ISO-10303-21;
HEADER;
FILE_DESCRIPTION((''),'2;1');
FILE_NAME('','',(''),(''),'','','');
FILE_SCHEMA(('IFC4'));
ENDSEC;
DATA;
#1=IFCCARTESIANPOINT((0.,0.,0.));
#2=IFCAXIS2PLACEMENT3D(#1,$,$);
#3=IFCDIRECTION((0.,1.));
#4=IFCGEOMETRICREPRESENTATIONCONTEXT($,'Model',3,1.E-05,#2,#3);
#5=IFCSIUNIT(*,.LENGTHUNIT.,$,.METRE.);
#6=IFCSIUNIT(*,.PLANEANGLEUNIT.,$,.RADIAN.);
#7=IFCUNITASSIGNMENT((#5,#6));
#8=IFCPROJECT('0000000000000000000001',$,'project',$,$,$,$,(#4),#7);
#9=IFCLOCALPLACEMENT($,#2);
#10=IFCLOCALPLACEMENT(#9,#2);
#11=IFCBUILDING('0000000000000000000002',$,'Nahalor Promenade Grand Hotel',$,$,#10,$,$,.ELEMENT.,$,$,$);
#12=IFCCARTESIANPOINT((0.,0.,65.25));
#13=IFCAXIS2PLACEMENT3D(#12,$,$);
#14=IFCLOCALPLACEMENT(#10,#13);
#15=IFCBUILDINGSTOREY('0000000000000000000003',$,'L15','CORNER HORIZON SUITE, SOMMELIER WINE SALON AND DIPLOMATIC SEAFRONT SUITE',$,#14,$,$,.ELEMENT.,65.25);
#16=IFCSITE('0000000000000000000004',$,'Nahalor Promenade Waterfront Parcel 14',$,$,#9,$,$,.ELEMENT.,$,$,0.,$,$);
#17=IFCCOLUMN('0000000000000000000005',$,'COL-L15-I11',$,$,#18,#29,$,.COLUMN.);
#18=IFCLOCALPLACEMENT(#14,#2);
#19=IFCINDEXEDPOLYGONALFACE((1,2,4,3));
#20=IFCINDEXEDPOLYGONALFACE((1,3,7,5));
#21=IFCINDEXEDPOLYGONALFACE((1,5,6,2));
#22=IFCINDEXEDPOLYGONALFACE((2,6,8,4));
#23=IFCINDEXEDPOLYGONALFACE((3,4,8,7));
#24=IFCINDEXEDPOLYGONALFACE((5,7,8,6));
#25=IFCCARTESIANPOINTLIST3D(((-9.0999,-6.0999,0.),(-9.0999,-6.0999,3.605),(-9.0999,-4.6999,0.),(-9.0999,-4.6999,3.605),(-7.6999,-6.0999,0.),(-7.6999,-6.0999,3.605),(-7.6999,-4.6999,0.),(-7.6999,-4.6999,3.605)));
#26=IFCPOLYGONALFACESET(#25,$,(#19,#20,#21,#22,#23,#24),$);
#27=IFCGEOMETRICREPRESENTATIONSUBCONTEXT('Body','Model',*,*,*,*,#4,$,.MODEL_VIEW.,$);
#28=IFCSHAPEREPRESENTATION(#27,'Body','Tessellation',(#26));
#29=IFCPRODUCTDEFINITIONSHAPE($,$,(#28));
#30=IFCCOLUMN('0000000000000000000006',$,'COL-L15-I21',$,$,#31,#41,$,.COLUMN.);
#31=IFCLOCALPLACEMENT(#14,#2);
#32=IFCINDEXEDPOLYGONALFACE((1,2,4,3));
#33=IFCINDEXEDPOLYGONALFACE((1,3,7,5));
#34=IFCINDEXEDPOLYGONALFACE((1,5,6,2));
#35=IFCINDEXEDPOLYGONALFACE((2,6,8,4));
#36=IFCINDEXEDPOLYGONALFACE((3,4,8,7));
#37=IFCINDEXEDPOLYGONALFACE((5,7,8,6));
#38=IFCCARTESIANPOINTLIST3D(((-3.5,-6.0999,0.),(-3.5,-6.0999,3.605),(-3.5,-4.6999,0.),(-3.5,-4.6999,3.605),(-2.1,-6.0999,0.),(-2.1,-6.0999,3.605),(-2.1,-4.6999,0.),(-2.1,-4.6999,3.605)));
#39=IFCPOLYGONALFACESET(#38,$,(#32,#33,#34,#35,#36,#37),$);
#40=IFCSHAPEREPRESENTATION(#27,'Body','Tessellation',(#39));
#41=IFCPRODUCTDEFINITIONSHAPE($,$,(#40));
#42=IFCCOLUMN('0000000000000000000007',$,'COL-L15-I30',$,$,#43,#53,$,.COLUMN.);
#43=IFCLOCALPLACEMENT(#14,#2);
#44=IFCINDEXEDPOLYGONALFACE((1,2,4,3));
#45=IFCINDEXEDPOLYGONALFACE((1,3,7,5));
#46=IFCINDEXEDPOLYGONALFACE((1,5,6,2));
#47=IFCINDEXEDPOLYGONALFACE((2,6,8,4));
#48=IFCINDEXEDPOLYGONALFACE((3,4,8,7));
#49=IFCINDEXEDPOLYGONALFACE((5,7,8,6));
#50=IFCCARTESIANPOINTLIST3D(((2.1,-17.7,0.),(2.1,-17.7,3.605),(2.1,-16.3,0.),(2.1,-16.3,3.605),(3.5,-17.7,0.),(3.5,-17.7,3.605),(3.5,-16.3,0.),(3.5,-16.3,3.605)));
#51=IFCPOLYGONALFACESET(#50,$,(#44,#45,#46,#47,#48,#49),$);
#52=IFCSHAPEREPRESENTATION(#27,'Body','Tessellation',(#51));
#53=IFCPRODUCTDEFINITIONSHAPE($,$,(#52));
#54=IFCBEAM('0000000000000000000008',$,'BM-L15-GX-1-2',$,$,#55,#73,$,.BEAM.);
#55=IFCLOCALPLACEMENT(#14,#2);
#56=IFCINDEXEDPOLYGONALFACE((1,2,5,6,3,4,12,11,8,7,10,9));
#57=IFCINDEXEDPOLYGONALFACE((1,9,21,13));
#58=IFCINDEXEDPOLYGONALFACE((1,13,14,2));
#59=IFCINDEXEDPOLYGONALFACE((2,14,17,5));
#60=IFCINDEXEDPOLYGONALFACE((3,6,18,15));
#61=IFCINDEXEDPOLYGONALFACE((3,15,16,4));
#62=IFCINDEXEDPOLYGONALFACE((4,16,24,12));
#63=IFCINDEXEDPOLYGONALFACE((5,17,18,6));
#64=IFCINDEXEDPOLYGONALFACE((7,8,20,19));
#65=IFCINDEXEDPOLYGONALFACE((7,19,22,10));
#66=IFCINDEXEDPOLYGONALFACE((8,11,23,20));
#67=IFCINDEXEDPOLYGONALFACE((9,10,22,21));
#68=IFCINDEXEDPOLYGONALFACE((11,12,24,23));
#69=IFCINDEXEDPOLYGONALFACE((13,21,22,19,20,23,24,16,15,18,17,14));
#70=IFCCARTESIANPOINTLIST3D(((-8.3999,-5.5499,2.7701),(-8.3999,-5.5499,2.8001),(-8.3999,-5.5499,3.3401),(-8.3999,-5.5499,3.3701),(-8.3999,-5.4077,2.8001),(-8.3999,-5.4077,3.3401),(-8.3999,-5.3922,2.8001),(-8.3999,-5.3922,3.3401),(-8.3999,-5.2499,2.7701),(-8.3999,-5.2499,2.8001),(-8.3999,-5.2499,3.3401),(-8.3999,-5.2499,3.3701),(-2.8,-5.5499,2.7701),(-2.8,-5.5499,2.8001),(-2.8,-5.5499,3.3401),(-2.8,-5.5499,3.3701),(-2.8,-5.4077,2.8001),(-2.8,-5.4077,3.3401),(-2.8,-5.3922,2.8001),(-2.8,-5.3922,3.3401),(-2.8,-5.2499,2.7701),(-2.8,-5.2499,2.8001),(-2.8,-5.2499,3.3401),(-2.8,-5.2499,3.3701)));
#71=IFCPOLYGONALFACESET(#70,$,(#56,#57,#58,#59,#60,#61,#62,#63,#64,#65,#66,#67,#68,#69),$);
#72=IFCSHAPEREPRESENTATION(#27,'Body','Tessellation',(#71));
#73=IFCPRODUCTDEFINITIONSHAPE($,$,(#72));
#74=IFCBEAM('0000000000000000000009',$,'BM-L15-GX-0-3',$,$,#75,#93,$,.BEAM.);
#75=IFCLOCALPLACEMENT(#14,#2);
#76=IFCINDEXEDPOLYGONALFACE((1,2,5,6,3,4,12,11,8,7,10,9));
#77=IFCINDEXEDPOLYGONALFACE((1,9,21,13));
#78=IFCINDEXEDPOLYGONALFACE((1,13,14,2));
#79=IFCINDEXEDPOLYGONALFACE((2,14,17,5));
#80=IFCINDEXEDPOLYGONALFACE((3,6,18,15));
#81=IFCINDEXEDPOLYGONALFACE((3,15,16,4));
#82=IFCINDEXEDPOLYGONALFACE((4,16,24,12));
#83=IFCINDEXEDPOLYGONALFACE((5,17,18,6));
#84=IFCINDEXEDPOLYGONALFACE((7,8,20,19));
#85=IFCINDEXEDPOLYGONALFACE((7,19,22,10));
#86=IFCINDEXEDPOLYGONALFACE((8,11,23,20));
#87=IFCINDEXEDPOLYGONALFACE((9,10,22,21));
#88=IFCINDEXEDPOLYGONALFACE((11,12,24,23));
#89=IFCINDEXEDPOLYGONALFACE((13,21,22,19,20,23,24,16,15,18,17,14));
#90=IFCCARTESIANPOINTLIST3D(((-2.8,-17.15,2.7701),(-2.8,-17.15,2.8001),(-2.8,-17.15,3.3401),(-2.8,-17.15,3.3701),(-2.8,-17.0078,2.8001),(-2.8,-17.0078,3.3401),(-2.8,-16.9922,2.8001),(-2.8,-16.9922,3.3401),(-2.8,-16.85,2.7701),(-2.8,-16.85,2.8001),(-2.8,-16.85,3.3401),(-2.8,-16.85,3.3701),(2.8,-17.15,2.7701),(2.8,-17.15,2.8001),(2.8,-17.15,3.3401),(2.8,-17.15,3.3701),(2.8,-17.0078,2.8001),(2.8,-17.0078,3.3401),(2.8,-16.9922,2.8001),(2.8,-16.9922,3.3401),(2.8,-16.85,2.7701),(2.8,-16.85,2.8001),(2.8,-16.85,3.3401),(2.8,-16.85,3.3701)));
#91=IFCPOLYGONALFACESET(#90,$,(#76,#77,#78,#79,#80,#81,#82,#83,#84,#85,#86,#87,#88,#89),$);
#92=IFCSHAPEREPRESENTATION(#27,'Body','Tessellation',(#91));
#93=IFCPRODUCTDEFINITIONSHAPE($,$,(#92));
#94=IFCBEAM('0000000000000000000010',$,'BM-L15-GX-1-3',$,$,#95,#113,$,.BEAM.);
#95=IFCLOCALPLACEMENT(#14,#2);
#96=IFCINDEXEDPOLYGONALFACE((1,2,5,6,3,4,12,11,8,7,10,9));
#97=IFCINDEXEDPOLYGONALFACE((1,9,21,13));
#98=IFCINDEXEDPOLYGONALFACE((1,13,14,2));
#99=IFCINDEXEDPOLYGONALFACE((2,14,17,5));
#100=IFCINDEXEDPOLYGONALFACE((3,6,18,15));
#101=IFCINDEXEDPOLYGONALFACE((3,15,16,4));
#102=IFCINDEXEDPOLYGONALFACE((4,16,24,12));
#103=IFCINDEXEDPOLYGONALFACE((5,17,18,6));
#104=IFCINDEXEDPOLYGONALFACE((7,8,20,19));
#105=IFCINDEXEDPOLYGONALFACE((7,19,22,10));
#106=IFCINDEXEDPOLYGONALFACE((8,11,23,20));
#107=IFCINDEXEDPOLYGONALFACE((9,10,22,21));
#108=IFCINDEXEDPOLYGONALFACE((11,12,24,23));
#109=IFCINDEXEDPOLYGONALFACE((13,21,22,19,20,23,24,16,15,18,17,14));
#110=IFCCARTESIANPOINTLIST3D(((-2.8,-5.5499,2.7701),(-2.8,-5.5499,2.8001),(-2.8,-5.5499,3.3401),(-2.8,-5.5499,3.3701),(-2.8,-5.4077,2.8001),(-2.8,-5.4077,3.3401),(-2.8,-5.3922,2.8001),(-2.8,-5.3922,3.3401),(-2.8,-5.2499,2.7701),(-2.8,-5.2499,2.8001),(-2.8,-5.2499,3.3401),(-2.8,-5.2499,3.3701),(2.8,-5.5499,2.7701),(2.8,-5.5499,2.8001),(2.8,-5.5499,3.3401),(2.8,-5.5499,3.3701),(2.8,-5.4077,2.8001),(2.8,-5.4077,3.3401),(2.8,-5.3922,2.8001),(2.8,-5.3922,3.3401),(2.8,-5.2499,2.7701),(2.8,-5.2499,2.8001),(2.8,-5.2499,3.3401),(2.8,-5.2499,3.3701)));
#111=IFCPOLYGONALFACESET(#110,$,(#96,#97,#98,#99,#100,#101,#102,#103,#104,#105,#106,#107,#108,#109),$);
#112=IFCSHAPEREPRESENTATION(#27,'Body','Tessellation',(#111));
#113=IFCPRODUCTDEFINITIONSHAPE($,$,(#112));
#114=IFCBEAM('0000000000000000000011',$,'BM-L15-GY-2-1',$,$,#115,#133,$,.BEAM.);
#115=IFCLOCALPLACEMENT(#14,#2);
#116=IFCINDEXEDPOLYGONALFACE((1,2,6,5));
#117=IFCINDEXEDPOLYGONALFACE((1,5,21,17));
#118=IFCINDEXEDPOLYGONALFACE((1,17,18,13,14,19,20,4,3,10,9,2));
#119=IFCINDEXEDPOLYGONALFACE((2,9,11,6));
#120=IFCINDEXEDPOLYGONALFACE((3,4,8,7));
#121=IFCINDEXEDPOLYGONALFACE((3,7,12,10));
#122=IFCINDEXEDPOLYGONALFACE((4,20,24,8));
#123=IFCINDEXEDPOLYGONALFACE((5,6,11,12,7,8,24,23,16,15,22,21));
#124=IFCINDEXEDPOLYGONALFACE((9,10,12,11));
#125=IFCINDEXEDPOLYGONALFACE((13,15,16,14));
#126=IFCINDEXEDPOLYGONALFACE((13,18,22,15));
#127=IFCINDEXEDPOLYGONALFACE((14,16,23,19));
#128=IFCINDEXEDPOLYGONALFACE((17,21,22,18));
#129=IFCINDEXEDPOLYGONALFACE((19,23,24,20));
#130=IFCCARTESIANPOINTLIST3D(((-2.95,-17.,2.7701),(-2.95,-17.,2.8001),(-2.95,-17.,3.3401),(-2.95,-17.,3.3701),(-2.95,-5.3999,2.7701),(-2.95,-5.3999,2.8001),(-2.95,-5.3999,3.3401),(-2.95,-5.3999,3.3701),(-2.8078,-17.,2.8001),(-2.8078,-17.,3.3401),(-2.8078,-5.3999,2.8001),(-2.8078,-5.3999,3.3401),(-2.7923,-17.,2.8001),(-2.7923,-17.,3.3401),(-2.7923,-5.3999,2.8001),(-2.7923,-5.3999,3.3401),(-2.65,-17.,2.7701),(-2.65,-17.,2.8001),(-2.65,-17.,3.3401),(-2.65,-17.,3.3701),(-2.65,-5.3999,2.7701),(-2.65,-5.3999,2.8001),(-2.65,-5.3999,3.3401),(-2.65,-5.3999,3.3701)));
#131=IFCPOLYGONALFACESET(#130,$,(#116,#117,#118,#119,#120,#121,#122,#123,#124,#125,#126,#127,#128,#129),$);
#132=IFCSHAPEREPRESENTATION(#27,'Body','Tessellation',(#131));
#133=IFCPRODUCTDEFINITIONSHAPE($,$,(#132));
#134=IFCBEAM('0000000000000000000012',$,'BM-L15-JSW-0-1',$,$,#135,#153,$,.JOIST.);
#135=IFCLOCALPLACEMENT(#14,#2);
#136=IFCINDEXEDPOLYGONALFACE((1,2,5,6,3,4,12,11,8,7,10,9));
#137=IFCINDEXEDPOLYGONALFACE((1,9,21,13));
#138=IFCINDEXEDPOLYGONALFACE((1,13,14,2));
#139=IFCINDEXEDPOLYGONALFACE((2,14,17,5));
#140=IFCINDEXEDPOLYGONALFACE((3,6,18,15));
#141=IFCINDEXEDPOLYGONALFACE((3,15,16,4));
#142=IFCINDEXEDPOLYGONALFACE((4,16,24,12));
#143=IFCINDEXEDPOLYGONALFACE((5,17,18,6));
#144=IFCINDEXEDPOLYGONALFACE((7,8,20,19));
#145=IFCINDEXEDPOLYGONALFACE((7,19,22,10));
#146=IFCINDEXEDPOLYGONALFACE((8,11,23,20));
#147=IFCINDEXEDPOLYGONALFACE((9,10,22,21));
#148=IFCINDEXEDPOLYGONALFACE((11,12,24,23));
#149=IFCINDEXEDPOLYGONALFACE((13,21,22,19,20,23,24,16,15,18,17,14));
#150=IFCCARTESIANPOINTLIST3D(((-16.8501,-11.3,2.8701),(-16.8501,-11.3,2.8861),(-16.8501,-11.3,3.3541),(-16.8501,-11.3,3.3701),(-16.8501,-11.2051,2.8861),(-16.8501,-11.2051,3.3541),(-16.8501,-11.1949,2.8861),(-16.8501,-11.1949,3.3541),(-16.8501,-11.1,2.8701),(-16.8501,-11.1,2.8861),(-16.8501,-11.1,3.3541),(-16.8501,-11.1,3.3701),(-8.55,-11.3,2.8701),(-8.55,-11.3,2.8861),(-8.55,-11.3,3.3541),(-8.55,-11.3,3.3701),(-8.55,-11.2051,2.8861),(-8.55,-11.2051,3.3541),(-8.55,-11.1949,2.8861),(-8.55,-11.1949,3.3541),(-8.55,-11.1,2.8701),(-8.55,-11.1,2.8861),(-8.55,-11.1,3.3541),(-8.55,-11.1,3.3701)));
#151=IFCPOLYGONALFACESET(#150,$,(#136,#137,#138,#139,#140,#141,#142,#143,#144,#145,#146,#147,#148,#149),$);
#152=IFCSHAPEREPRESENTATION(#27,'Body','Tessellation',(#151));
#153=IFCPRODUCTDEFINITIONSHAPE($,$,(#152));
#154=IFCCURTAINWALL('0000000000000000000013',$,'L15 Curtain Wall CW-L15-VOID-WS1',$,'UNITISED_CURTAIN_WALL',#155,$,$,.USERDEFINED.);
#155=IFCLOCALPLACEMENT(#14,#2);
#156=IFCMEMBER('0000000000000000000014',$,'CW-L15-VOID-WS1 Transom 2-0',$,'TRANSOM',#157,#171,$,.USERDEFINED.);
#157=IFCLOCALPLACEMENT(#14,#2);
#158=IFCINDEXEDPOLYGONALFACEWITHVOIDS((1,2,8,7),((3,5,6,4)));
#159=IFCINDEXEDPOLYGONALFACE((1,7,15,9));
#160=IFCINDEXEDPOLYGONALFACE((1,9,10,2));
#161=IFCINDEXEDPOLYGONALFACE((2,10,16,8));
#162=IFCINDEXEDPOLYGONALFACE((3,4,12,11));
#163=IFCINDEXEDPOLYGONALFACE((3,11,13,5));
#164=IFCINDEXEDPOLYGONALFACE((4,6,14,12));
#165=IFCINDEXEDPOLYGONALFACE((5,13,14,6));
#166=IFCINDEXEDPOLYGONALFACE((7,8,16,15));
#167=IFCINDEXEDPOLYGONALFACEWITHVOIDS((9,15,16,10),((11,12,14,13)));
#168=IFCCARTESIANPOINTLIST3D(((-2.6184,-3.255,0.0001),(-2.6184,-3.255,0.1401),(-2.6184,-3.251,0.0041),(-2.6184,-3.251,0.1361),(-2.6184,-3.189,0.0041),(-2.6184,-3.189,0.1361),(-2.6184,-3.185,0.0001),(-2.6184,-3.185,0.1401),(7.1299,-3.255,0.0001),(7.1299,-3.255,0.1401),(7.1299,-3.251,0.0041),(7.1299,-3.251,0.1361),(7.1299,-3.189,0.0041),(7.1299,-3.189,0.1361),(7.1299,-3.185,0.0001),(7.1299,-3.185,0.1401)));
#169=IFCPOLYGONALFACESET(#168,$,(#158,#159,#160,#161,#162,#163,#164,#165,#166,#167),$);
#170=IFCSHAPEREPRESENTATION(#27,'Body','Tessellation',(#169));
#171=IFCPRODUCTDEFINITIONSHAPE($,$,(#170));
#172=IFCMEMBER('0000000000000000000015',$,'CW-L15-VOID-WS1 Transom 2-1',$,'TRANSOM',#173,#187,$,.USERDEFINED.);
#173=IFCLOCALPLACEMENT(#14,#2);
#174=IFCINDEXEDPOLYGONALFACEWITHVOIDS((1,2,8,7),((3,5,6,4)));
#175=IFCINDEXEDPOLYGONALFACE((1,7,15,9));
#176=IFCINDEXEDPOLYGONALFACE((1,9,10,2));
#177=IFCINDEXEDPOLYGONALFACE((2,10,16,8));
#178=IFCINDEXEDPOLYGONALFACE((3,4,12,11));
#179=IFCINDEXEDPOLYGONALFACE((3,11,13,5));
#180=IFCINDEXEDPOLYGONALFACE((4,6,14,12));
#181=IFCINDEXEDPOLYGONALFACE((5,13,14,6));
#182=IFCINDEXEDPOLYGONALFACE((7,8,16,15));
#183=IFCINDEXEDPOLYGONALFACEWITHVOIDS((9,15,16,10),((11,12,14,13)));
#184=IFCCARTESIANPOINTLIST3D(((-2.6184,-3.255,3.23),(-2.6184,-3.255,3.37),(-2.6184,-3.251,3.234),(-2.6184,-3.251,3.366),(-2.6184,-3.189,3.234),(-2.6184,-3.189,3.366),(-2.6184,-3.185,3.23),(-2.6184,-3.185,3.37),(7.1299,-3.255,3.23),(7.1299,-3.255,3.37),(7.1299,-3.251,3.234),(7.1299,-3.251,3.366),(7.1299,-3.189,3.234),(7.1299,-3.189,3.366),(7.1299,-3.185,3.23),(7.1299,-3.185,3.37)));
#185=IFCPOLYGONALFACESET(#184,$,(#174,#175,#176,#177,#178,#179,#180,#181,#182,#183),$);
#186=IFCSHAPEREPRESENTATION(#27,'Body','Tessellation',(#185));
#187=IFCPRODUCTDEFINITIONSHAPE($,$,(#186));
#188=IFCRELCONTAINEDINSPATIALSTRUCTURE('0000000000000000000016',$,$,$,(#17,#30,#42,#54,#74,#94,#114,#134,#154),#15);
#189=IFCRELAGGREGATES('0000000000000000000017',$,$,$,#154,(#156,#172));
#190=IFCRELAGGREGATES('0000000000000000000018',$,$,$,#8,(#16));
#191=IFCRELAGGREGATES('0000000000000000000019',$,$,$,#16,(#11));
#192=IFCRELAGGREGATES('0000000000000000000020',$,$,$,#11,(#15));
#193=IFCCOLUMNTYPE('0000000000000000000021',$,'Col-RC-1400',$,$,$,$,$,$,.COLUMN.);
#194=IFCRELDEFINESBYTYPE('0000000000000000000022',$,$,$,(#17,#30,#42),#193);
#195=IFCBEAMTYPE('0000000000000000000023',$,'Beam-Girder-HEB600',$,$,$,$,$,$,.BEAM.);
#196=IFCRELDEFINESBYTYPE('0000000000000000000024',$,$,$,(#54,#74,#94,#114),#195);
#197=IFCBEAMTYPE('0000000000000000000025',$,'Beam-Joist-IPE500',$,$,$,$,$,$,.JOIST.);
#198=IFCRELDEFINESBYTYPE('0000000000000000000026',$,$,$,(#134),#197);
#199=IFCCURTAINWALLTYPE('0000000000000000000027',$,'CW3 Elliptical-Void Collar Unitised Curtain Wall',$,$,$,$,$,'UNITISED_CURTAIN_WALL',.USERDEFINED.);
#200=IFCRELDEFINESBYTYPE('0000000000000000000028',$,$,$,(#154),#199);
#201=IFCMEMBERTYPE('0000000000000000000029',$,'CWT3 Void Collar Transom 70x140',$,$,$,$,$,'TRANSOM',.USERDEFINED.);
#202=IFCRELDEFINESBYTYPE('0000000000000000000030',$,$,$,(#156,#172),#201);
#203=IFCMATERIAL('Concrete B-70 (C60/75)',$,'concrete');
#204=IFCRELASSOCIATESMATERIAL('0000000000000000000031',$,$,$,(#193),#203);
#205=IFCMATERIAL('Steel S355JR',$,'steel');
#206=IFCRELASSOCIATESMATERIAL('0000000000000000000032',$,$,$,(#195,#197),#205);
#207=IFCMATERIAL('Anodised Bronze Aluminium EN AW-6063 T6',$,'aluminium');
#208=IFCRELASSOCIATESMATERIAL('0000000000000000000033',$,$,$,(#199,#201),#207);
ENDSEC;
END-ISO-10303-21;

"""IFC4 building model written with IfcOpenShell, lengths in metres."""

from ifc_helpers import new_model, si_unit, direction, frame, origin, origin_2d, place, context, subcontext, project, spatial, rectangle, hollow_rectangle, i_section, extrude, source, transform, mapped, material, material_profile, profile_set, type_object, element, aggregate, save


model = new_model("IFC4")

# Units and contexts
model_context = context("Model", 3, precision=1e-05, world=origin(), true_north=direction((0.0, 1.0)))
body_context = subcontext(model_context, "Body", "Model", "MODEL_VIEW")
ifc_project = project(units=[si_unit("LENGTHUNIT", "METRE"), si_unit("PLANEANGLEUNIT", "RADIAN")], contexts=[model_context])

# Site, building, storey
site_placement = place(None, origin())
site = spatial("IfcSite", under=ifc_project, at=site_placement, Name="Nahalor Promenade Waterfront Parcel 14", CompositionType="ELEMENT", RefElevation=0.0)
building_placement = place(site_placement, origin())
building = spatial("IfcBuilding", under=site, at=building_placement, Name="Nahalor Promenade Grand Hotel", CompositionType="ELEMENT")
storey_placement = place(building_placement, frame((0.0, 0.0, 65.25)))
storey = spatial("IfcBuildingStorey", under=building, at=storey_placement, Name="L15", Description="CORNER HORIZON SUITE, SOMMELIER WINE SALON AND DIPLOMATIC SEAFRONT SUITE", CompositionType="ELEMENT", Elevation=65.25)

# Columns
ifc_material_1 = material(Name="Concrete B-70 (C60/75)", Category="concrete")
ifc_material_profile_1 = material_profile(ifc_material_1, rectangle(XDim=1.4, YDim=1.4, at=origin_2d()), Name="RC 1400x1400")
ifc_profile_set_1 = profile_set([ifc_material_profile_1], Name="Concrete B-70 (C60/75)")
column_type = type_object("IfcColumnType", Name="Col-RC-1400", PredefinedType="COLUMN", material=ifc_profile_set_1)
shared_shape_1 = source(origin(), body_context, "Body", "SweptSolid", [
    extrude(rectangle(XDim=1.4, YDim=1.4, at=origin_2d()), origin(), (0.0, 0.0, 1.0), 3.605),
])
for number, where, z_axis, x_axis, name in (
    (1, (-8.3999, -5.3999, 0.0), (0.0, 0.0, 1.0), (1.0, 0.0, 0.0), "COL-L15-I11"),
    (2, (-2.8, -5.3999, 0.0), (0.0, 0.0, 1.0), (1.0, 0.0, 0.0), "COL-L15-I21"),
    (3, (2.8, -17.0, 0.0), (0.0, 0.0, 1.0), (1.0, 0.0, 0.0), "COL-L15-I30"),
):
    element("IfcColumn", number, at=place(storey_placement, frame(where, z_axis=z_axis, x_axis=x_axis)), inside=storey, type_object=column_type, Name=name, PredefinedType="COLUMN", context=body_context, shape_type="MappedRepresentation", body=[
        mapped(shared_shape_1, transform((0.0, 0.0, 0.0), scale=1.0)),
    ])

# Beams
ifc_material_2 = material(Name="Steel S355JR", Category="steel")
ifc_material_profile_2 = material_profile(ifc_material_2, i_section(OverallWidth=0.3, OverallDepth=0.6, WebThickness=0.0155, FlangeThickness=0.03, at=origin_2d()), Name="HEB 600")
ifc_profile_set_2 = profile_set([ifc_material_profile_2], Name="Steel S355JR")
beam_type_1 = type_object("IfcBeamType", Name="Beam-Girder-HEB600", PredefinedType="BEAM", material=ifc_profile_set_2)
shared_shape_2 = source(origin(), body_context, "Body", "SweptSolid", [
    extrude(i_section(OverallWidth=0.3, OverallDepth=0.6, WebThickness=0.0155, FlangeThickness=0.03, at=origin_2d()), origin(), (0.0, 0.0, 1.0), 5.5999),
])
beam_1_placement = place(storey_placement, frame((-8.3999, -5.3999, 3.0701), z_axis=(1.0, 0.0, 0.0), x_axis=(0.0, 1.0, 0.0)))
element("IfcBeam", 4, at=beam_1_placement, inside=storey, type_object=beam_type_1, Name="BM-L15-GX-1-2", PredefinedType="BEAM", context=body_context, shape_type="MappedRepresentation", body=[
    mapped(shared_shape_2, transform((0.0, 0.0, 0.0), scale=1.0)),
])
shared_shape_3 = source(origin(), body_context, "Body", "SweptSolid", [
    extrude(i_section(OverallWidth=0.3, OverallDepth=0.6, WebThickness=0.0155, FlangeThickness=0.03, at=origin_2d()), origin(), (0.0, 0.0, 1.0), 5.6001),
])
for number, where, z_axis, x_axis, name in (
    (5, (-2.8, -17.0, 3.0701), (1.0, 0.0, 0.0), (0.0, 1.0, 0.0), "BM-L15-GX-0-3"),
    (6, (-2.8, -5.3999, 3.0701), (1.0, 0.0, 0.0), (0.0, 1.0, 0.0), "BM-L15-GX-1-3"),
):
    element("IfcBeam", number, at=place(storey_placement, frame(where, z_axis=z_axis, x_axis=x_axis)), inside=storey, type_object=beam_type_1, Name=name, PredefinedType="BEAM", context=body_context, shape_type="MappedRepresentation", body=[
        mapped(shared_shape_3, transform((0.0, 0.0, 0.0), scale=1.0)),
    ])
shared_shape_4 = source(origin(), body_context, "Body", "SweptSolid", [
    extrude(i_section(OverallWidth=0.3, OverallDepth=0.6, WebThickness=0.0155, FlangeThickness=0.03, at=origin_2d()), origin(), (0.0, 0.0, 1.0), 11.6001),
])
beam_2_placement = place(storey_placement, frame((-2.8, -17.0, 3.0701), z_axis=(0.0, 1.0, 0.0), x_axis=(-1.0, 0.0, 0.0)))
element("IfcBeam", 7, at=beam_2_placement, inside=storey, type_object=beam_type_1, Name="BM-L15-GY-2-1", PredefinedType="BEAM", context=body_context, shape_type="MappedRepresentation", body=[
    mapped(shared_shape_4, transform((0.0, 0.0, 0.0), scale=1.0)),
])
ifc_material_profile_3 = material_profile(ifc_material_2, i_section(OverallWidth=0.2, OverallDepth=0.5, WebThickness=0.0102, FlangeThickness=0.016, at=origin_2d()), Name="IPE 500")
ifc_profile_set_3 = profile_set([ifc_material_profile_3], Name="Steel S355JR")
beam_type_2 = type_object("IfcBeamType", Name="Beam-Joist-IPE500", PredefinedType="JOIST", material=ifc_profile_set_3)
shared_shape_5 = source(origin(), body_context, "Body", "SweptSolid", [
    extrude(i_section(OverallWidth=0.2, OverallDepth=0.5, WebThickness=0.0102, FlangeThickness=0.016, at=origin_2d()), origin(), (0.0, 0.0, 1.0), 8.3),
])
beam_3_placement = place(storey_placement, frame((-16.8501, -11.2, 3.1201), z_axis=(1.0, 0.0, 0.0), x_axis=(0.0, 1.0, 0.0)))
element("IfcBeam", 8, at=beam_3_placement, inside=storey, type_object=beam_type_2, Name="BM-L15-JSW-0-1", PredefinedType="JOIST", context=body_context, shape_type="MappedRepresentation", body=[
    mapped(shared_shape_5, transform((0.0, 0.0, 0.0), scale=1.0)),
])

# Curtain wall, members
ifc_material_3 = material(Name="Anodised Bronze Aluminium EN AW-6063 T6", Category="aluminium")
curtain_wall_type = type_object("IfcCurtainWallType", Name="CW3 Elliptical-Void Collar Unitised Curtain Wall", ElementType="UNITISED_CURTAIN_WALL", PredefinedType="USERDEFINED", material=ifc_material_3)
curtain_wall_placement = place(storey_placement, origin())
curtain_wall = element("IfcCurtainWall", 9, at=curtain_wall_placement, inside=storey, type_object=curtain_wall_type, Name="L15 Curtain Wall CW-L15-VOID-WS1", ObjectType="UNITISED_CURTAIN_WALL", PredefinedType="USERDEFINED")
ifc_material_profile_4 = material_profile(ifc_material_3, hollow_rectangle(XDim=0.07, YDim=0.14, WallThickness=0.004, at=origin_2d()), Name="CWT 70x140x4")
ifc_profile_set_4 = profile_set([ifc_material_profile_4], Name="Anodised Bronze Aluminium EN AW-6063 T6")
member_type_1 = type_object("IfcMemberType", Name="CWT3 Void Collar Transom 70x140", ElementType="TRANSOM", PredefinedType="USERDEFINED", material=ifc_profile_set_4)
shared_shape_6 = source(origin(), body_context, "Body", "SweptSolid", [
    extrude(hollow_rectangle(XDim=0.07, YDim=0.14, WallThickness=0.004, at=origin_2d()), origin(), (0.0, 0.0, 1.0), 9.7483),
])
member_1_placement = place(storey_placement, frame((-2.6184, -3.22, 0.0701), z_axis=(1.0, 0.0, 0.0), x_axis=(0.0, 1.0, 0.0)))
member_1 = element("IfcMember", 10, at=member_1_placement, type_object=member_type_1, Name="CW-L15-VOID-WS1 Transom 2-0", ObjectType="TRANSOM", PredefinedType="USERDEFINED", context=body_context, shape_type="MappedRepresentation", body=[
    mapped(shared_shape_6, transform((0.0, 0.0, 0.0), scale=1.0)),
])
member_2_placement = place(storey_placement, frame((-2.6184, -3.22, 3.3), z_axis=(1.0, 0.0, 0.0), x_axis=(0.0, 1.0, 0.0)))
member_2 = element("IfcMember", 11, at=member_2_placement, type_object=member_type_1, Name="CW-L15-VOID-WS1 Transom 2-1", ObjectType="TRANSOM", PredefinedType="USERDEFINED", context=body_context, shape_type="MappedRepresentation", body=[
    mapped(shared_shape_6, transform((0.0, 0.0, 0.0), scale=1.0)),
])
aggregate(curtain_wall, [member_1, member_2])

save(model, "model.ifc")
